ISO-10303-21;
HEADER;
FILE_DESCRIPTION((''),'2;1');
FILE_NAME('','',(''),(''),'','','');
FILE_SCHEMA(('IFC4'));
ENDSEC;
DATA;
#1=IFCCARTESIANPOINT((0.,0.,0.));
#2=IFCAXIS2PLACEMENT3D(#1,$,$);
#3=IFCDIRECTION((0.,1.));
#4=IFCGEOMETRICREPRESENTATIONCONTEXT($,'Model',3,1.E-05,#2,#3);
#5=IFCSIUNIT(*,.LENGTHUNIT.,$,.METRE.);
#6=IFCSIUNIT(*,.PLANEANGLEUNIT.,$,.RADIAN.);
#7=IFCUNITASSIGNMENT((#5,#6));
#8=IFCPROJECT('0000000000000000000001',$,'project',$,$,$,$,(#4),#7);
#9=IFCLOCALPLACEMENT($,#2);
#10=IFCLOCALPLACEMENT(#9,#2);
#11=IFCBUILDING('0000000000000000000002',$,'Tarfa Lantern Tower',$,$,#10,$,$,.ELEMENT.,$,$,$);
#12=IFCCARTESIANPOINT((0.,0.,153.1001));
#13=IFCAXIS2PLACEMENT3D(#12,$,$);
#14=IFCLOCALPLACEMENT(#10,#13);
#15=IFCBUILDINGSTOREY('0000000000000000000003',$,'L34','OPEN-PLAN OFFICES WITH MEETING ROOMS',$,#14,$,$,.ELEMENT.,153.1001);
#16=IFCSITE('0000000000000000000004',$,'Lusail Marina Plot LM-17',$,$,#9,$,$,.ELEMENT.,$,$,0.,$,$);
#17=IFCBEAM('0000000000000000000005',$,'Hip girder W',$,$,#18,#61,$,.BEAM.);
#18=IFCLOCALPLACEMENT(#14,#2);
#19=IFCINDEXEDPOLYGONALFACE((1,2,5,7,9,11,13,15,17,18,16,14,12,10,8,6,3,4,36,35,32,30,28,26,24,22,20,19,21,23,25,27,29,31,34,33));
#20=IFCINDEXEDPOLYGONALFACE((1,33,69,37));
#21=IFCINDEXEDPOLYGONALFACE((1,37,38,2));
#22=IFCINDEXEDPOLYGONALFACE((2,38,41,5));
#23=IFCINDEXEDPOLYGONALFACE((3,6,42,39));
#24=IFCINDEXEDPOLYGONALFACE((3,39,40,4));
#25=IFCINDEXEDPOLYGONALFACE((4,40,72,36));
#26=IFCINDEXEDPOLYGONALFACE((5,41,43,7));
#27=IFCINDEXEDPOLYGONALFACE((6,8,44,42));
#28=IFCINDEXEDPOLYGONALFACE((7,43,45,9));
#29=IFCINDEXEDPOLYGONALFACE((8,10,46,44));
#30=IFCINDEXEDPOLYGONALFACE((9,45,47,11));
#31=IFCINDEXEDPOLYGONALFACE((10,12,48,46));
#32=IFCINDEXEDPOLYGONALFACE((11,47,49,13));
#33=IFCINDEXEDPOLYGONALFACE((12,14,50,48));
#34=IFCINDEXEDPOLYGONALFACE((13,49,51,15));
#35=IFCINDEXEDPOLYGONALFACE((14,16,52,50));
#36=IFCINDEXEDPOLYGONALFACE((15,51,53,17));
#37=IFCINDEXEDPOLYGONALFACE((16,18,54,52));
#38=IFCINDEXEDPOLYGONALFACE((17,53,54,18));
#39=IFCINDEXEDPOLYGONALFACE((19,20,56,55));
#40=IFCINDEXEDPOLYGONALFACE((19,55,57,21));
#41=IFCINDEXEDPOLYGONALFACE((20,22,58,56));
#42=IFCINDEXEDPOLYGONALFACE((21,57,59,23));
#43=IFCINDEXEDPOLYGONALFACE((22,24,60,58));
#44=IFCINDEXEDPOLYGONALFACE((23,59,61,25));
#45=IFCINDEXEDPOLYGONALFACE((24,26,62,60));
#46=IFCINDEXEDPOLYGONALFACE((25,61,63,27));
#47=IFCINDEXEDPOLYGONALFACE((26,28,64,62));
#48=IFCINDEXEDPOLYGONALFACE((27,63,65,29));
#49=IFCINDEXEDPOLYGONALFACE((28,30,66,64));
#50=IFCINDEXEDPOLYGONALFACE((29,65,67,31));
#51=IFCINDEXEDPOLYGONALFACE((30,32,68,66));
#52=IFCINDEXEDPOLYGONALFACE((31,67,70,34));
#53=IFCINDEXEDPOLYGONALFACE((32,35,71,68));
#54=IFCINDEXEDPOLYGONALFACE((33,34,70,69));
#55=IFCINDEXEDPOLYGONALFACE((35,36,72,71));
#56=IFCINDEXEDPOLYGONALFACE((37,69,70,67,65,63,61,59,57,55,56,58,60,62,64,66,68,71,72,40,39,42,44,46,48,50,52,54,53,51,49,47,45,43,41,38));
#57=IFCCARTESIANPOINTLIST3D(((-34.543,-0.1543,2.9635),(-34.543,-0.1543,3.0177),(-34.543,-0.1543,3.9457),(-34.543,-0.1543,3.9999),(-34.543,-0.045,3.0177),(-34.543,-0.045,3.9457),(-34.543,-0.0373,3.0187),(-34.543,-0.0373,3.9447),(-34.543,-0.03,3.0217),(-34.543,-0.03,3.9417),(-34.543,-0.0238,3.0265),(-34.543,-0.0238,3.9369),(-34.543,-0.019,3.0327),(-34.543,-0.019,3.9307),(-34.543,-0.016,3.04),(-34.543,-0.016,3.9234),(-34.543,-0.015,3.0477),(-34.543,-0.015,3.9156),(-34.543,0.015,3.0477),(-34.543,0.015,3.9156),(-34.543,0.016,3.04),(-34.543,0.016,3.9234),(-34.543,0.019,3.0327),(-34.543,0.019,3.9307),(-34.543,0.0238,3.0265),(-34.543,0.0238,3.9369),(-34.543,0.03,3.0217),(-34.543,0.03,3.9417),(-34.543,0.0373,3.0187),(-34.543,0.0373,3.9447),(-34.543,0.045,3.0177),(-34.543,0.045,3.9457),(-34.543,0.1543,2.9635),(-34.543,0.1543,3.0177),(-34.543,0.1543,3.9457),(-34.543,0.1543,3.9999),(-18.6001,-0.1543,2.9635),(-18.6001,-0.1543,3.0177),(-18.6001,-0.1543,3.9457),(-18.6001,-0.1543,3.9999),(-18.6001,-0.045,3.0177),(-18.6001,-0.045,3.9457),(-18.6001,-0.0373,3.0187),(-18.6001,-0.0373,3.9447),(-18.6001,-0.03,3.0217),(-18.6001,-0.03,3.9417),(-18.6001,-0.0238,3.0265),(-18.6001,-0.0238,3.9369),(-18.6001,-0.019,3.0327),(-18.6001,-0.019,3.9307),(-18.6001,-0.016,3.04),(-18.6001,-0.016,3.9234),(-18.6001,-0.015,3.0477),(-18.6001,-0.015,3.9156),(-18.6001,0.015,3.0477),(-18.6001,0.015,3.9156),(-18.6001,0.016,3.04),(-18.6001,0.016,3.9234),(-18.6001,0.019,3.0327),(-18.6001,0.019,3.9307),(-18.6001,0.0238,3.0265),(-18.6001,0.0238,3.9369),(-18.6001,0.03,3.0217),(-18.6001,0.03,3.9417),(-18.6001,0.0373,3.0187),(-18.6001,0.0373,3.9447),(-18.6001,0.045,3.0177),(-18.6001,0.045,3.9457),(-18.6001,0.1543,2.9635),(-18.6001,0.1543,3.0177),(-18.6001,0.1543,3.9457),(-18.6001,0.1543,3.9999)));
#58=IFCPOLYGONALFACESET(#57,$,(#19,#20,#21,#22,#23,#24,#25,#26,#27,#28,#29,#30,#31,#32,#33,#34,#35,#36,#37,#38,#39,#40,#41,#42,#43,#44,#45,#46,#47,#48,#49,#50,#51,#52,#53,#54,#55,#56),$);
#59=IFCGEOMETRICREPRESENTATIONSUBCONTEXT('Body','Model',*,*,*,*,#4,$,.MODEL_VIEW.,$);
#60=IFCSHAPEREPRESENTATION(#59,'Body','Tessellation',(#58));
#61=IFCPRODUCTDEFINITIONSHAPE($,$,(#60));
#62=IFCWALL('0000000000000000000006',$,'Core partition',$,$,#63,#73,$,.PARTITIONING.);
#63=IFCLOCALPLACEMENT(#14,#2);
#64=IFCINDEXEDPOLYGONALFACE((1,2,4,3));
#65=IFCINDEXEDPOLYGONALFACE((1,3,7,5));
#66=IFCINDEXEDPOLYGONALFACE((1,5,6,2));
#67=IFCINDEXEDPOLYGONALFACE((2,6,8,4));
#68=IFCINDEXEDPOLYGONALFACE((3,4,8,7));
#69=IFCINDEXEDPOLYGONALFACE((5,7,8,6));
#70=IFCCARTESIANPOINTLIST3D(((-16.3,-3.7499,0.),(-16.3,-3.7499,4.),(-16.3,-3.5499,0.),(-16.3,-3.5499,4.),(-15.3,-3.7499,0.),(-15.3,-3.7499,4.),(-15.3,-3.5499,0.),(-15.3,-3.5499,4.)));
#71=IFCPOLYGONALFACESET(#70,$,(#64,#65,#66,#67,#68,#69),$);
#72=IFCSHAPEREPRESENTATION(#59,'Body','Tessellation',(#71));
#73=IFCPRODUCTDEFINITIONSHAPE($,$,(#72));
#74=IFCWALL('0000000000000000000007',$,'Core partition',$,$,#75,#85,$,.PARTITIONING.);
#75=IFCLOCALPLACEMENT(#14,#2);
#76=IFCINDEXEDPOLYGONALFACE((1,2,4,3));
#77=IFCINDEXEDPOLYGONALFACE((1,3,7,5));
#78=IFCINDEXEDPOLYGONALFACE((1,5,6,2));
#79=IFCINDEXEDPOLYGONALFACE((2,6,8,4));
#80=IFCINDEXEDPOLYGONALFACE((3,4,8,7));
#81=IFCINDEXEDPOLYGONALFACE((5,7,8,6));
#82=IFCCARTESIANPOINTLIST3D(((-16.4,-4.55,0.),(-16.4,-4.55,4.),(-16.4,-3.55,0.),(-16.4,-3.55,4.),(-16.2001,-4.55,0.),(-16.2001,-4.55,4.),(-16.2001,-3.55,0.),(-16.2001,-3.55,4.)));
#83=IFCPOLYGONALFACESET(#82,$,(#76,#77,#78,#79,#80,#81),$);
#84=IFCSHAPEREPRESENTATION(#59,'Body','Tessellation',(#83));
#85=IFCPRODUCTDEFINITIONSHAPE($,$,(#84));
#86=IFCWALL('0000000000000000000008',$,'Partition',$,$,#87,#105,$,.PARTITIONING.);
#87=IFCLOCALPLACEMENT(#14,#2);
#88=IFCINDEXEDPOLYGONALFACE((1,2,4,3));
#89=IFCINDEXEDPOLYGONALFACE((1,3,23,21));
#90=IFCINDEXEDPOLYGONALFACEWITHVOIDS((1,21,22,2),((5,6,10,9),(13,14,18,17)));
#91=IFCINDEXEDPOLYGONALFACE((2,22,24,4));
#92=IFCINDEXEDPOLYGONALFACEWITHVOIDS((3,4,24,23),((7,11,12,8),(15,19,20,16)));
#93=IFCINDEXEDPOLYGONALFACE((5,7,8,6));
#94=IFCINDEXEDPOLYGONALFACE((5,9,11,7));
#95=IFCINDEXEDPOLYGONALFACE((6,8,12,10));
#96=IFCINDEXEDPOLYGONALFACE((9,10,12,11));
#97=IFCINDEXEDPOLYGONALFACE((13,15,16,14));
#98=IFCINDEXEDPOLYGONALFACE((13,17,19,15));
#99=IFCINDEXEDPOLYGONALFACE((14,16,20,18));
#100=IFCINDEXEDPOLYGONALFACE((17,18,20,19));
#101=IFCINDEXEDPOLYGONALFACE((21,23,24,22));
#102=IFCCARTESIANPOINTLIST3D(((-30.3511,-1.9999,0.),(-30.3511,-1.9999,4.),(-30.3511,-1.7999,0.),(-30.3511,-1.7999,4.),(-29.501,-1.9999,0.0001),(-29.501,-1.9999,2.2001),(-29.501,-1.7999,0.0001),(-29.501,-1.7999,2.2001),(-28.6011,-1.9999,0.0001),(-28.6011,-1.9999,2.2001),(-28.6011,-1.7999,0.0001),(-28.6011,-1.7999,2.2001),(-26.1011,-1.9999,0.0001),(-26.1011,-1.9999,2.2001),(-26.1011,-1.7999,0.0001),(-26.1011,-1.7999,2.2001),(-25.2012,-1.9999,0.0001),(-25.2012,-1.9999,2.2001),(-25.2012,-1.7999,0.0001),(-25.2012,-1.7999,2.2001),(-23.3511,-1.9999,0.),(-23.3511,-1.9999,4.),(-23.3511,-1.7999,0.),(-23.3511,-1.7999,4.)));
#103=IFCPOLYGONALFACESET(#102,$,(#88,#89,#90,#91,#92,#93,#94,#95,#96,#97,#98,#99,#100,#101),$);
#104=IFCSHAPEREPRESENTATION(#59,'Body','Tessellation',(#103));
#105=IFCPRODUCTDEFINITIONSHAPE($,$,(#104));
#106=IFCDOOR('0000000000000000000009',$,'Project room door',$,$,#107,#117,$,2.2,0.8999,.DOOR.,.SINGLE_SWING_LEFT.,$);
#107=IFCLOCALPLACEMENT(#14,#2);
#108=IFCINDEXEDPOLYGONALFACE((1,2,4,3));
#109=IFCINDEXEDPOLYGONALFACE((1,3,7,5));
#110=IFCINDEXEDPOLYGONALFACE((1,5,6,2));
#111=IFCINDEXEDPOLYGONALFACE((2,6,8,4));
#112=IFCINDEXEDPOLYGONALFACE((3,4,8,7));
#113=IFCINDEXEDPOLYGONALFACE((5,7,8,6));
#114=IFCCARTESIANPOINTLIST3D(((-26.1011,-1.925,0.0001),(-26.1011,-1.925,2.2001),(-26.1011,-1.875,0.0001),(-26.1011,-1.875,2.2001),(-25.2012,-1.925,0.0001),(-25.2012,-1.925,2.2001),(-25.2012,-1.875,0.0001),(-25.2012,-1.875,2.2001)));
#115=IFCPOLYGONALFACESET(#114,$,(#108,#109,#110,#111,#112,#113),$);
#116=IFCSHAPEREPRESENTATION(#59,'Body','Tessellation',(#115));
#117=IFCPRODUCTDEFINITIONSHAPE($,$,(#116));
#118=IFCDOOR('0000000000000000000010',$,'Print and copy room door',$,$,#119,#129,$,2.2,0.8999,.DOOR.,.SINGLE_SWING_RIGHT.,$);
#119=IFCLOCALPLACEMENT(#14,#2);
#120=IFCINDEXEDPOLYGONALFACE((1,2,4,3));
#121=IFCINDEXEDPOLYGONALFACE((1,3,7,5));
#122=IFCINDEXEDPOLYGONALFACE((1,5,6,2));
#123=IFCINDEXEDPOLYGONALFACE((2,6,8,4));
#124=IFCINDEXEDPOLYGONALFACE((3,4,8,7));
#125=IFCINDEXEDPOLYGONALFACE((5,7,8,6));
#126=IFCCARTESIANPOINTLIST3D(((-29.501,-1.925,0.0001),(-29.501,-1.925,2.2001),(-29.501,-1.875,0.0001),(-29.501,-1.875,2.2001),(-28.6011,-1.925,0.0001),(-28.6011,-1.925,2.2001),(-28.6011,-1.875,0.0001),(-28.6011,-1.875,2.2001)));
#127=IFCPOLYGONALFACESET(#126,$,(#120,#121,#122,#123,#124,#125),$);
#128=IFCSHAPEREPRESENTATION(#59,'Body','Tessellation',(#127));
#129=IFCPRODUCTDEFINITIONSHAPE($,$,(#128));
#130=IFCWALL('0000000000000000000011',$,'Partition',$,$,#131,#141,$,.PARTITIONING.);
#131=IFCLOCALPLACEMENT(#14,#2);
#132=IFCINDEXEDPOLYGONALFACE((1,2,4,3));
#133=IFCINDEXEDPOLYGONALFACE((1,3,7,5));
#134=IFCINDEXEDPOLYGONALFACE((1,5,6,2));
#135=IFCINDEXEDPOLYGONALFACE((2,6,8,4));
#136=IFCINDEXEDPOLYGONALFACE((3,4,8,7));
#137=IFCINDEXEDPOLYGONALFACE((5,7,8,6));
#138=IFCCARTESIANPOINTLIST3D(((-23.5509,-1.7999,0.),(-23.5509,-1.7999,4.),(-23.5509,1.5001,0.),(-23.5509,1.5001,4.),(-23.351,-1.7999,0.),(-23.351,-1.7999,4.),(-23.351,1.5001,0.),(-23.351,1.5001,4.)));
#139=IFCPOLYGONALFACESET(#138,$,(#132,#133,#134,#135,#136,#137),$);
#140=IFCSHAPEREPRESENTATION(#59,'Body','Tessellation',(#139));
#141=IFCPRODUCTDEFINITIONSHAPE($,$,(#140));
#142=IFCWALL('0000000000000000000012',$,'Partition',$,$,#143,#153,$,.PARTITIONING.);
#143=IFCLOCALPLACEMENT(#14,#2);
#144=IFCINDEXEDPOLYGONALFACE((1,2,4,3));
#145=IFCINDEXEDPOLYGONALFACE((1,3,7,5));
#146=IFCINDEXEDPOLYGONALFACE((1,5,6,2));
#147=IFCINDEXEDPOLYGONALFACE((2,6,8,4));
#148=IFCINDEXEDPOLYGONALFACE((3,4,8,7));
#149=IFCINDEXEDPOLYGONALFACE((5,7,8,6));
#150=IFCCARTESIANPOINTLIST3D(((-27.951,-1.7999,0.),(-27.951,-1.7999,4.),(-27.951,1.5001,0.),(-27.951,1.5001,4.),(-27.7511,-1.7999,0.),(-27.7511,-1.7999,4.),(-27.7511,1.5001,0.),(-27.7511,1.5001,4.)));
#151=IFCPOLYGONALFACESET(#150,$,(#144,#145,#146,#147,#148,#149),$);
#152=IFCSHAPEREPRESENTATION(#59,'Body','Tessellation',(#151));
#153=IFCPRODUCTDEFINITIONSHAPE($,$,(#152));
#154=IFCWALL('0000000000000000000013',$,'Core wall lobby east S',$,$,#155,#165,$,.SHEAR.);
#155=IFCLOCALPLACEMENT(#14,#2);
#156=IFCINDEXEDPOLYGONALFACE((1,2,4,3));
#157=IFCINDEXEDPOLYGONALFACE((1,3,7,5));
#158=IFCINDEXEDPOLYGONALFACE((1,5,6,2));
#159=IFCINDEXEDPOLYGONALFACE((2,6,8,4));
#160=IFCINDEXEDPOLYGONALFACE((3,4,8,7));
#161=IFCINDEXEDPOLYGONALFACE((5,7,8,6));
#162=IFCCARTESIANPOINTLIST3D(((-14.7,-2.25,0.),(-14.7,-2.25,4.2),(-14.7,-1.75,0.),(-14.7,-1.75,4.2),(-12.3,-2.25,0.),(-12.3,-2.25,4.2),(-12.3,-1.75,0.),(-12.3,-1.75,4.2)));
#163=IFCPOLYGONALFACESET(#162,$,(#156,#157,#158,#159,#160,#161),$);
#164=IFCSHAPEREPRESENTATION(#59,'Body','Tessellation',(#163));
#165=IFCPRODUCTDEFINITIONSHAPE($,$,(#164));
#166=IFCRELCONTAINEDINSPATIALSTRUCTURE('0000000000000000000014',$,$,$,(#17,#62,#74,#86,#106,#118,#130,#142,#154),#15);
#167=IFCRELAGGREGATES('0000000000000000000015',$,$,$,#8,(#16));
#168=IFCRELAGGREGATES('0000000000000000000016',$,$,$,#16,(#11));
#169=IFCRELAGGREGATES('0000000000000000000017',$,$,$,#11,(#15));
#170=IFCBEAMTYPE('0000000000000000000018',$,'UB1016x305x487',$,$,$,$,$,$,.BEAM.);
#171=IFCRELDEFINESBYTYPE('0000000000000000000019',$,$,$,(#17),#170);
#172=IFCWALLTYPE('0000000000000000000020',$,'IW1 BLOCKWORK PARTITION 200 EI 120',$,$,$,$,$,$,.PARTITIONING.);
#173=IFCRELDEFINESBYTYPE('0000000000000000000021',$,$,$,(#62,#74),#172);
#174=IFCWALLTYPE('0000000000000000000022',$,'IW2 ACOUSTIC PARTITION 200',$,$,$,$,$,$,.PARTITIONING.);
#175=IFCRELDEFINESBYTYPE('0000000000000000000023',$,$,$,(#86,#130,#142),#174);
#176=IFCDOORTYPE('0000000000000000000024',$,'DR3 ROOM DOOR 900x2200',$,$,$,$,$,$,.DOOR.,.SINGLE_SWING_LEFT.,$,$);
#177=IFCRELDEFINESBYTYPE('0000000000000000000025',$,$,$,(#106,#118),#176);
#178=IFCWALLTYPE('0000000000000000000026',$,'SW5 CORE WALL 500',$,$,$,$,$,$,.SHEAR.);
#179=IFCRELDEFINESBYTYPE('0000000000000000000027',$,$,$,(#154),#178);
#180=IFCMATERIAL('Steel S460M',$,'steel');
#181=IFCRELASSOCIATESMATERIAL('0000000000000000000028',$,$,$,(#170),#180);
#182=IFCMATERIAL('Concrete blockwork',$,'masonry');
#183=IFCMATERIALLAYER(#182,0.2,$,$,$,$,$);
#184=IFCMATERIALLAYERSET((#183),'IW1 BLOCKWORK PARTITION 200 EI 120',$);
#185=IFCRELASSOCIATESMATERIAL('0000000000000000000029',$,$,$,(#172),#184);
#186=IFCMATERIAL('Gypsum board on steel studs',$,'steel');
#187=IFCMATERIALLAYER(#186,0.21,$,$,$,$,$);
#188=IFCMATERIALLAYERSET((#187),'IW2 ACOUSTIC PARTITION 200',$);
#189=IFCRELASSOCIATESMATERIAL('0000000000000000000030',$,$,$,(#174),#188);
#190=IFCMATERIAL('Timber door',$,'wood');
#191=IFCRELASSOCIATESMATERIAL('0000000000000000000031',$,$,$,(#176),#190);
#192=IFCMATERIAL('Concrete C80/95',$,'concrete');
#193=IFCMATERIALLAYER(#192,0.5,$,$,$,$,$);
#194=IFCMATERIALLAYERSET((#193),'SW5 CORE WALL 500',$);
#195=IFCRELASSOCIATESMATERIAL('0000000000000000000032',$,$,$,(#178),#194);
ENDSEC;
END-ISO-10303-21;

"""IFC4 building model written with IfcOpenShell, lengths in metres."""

from ifc_helpers import new_model, si_unit, direction, frame, frame_2d, origin, origin_2d, place, context, subcontext, project, spatial, rectangle, i_section, extrude, material, layer, layer_set, material_profile, profile_set, type_object, element, fill, save


model = new_model("IFC4")

# Units and contexts
model_context = context("Model", 3, precision=1e-05, world=origin(), true_north=direction((0.0, 1.0)))
body_context = subcontext(model_context, "Body", "Model", "MODEL_VIEW")
ifc_project = project(units=[si_unit("LENGTHUNIT", "METRE"), si_unit("PLANEANGLEUNIT", "RADIAN")], contexts=[model_context])

# Site, building, storey
site_placement = place(None, origin())
site = spatial("IfcSite", under=ifc_project, at=site_placement, Name="Lusail Marina Plot LM-17", CompositionType="ELEMENT", RefElevation=0.0)
building_placement = place(site_placement, origin())
building = spatial("IfcBuilding", under=site, at=building_placement, Name="Tarfa Lantern Tower", CompositionType="ELEMENT")
storey_placement = place(building_placement, frame((0.0, 0.0, 153.1001)))
storey = spatial("IfcBuildingStorey", under=building, at=storey_placement, Name="L34", Description="OPEN-PLAN OFFICES WITH MEETING ROOMS", CompositionType="ELEMENT", Elevation=153.1001)

# Beam
ifc_material_1 = material(Name="Steel S460M", Category="steel")
ifc_material_profile = material_profile(ifc_material_1, i_section(OverallWidth=0.3086, OverallDepth=1.0364, WebThickness=0.03, FlangeThickness=0.0542, FilletRadius=0.03, at=origin_2d()), Name="UB1016x305x487")
ifc_profile_set = profile_set([ifc_material_profile], Name="Steel S460M")
beam_type = type_object("IfcBeamType", Name="UB1016x305x487", PredefinedType="BEAM", material=ifc_profile_set)
beam_placement = place(storey_placement, frame((-18.6001, 0.0, 3.4817), z_axis=(-1.0, 0.0, 0.0), x_axis=(0.0, -1.0, 0.0)))
element("IfcBeam", 1, at=beam_placement, inside=storey, type_object=beam_type, Name="Hip girder W", PredefinedType="BEAM", context=body_context, shape_type="SweptSolid", body=[
    extrude(i_section(OverallWidth=0.3086, OverallDepth=1.0364, WebThickness=0.03, FlangeThickness=0.0542, FilletRadius=0.03, at=origin_2d()), origin(), (0.0, 0.0, 1.0), 15.9429),
])

# Walls
ifc_material_2 = material(Name="Concrete blockwork", Category="masonry")
ifc_layer_1 = layer(ifc_material_2, 0.2)
ifc_layer_set_1 = layer_set([ifc_layer_1], Name="IW1 BLOCKWORK PARTITION 200 EI 120")
wall_type_1 = type_object("IfcWallType", Name="IW1 BLOCKWORK PARTITION 200 EI 120", PredefinedType="PARTITIONING", material=ifc_layer_set_1)
for number, where, z_axis, x_axis, name in (
    (2, (-15.3, -3.6499, 0.0), (0.0, 0.0, 1.0), (-1.0, 0.0, 0.0), "Core partition"),
    (3, (-16.3, -3.55, 0.0), (0.0, 0.0, 1.0), (0.0, -1.0, 0.0), "Core partition"),
):
    element("IfcWall", number, at=place(storey_placement, frame(where, z_axis=z_axis, x_axis=x_axis)), inside=storey, type_object=wall_type_1, Name=name, PredefinedType="PARTITIONING", context=body_context, shape_type="SweptSolid", body=[
        extrude(rectangle(XDim=1.0, YDim=0.2, at=frame_2d((0.5, 0.0))), origin(), (0.0, 0.0, 1.0), 4.0),
    ])

# Wall, openings, doors
ifc_material_3 = material(Name="Gypsum board on steel studs", Category="steel")
ifc_layer_2 = layer(ifc_material_3, 0.21)
ifc_layer_set_2 = layer_set([ifc_layer_2], Name="IW2 ACOUSTIC PARTITION 200")
wall_type_2 = type_object("IfcWallType", Name="IW2 ACOUSTIC PARTITION 200", PredefinedType="PARTITIONING", material=ifc_layer_set_2)
wall_1_placement = place(storey_placement, frame((-23.3511, -1.8999, 0.0), z_axis=(0.0, 0.0, 1.0), x_axis=(-1.0, 0.0, 0.0)))
wall_1 = element("IfcWall", 4, at=wall_1_placement, inside=storey, type_object=wall_type_2, Name="Partition", PredefinedType="PARTITIONING", context=body_context, shape_type="SweptSolid", body=[
    extrude(rectangle(XDim=7.0, YDim=0.2, at=frame_2d((3.5, 0.0))), origin(), (0.0, 0.0, 1.0), 4.0),
])
opening_1_placement = place(wall_1_placement, frame((1.8501, 0.0, 0.0)))
opening_1 = element("IfcOpeningElement", 5, at=opening_1_placement, cuts=wall_1, PredefinedType="OPENING", context=body_context, shape_type="SweptSolid", body=[
    extrude(rectangle(XDim=0.8999, YDim=2.2, at=frame_2d((0.45, 1.1001))), frame((0.0, 0.1099, 0.0), z_axis=(0.0, -1.0, 0.0), x_axis=(1.0, 0.0, 0.0)), (0.0, 0.0, 1.0), 0.22),
])
opening_2_placement = place(wall_1_placement, frame((5.25, 0.0, 0.0)))
opening_2 = element("IfcOpeningElement", 6, at=opening_2_placement, cuts=wall_1, PredefinedType="OPENING", context=body_context, shape_type="SweptSolid", body=[
    extrude(rectangle(XDim=0.8999, YDim=2.2, at=frame_2d((0.45, 1.1001))), frame((0.0, 0.1099, 0.0), z_axis=(0.0, -1.0, 0.0), x_axis=(1.0, 0.0, 0.0)), (0.0, 0.0, 1.0), 0.22),
])
ifc_material_4 = material(Name="Timber door", Category="wood")
door_type_1 = type_object("IfcDoorType", Name="DR3 ROOM DOOR 900x2200", OperationType="SINGLE_SWING_LEFT", PredefinedType="DOOR", material=ifc_material_4)
door_1_placement = place(opening_1_placement, frame((0.8999, 0.0, 0.0), z_axis=(0.0, 0.0, 1.0), x_axis=(-1.0, 0.0, 0.0)))
door_1 = element("IfcDoor", 7, at=door_1_placement, inside=storey, type_object=door_type_1, Name="Project room door", OperationType="SINGLE_SWING_LEFT", OverallHeight=2.2, OverallWidth=0.8999, PredefinedType="DOOR", context=body_context, shape_type="SweptSolid", body=[
    extrude(rectangle(XDim=0.8999, YDim=2.2, at=frame_2d((0.45, 1.1001))), frame((0.0, 0.0249, 0.0), z_axis=(0.0, -1.0, 0.0), x_axis=(1.0, 0.0, 0.0)), (0.0, 0.0, 1.0), 0.05),
])
fill(opening_1, door_1)
door_2_placement = place(opening_2_placement, frame((0.8999, 0.0, 0.0), z_axis=(0.0, 0.0, 1.0), x_axis=(-1.0, 0.0, 0.0)))
door_2 = element("IfcDoor", 8, at=door_2_placement, inside=storey, type_object=door_type_1, Name="Print and copy room door", OperationType="SINGLE_SWING_RIGHT", OverallHeight=2.2, OverallWidth=0.8999, PredefinedType="DOOR", context=body_context, shape_type="SweptSolid", body=[
    extrude(rectangle(XDim=0.8999, YDim=2.2, at=frame_2d((0.45, 1.1001))), frame((0.0, 0.0249, 0.0), z_axis=(0.0, -1.0, 0.0), x_axis=(1.0, 0.0, 0.0)), (0.0, 0.0, 1.0), 0.05),
])
fill(opening_2, door_2)

# Walls
for number, where, z_axis, x_axis, name in (
    (9, (-23.4509, 1.5, 0.0), (0.0, 0.0, 1.0), (0.0, -1.0, 0.0), "Partition"),
    (10, (-27.8511, 1.5, 0.0), (0.0, 0.0, 1.0), (0.0, -1.0, 0.0), "Partition"),
):
    element("IfcWall", number, at=place(storey_placement, frame(where, z_axis=z_axis, x_axis=x_axis)), inside=storey, type_object=wall_type_2, Name=name, PredefinedType="PARTITIONING", context=body_context, shape_type="SweptSolid", body=[
        extrude(rectangle(XDim=3.3, YDim=0.2, at=frame_2d((1.6499, 0.0))), origin(), (0.0, 0.0, 1.0), 4.0),
    ])
ifc_material_5 = material(Name="Concrete C80/95", Category="concrete")
ifc_layer_3 = layer(ifc_material_5, 0.5)
ifc_layer_set_3 = layer_set([ifc_layer_3], Name="SW5 CORE WALL 500")
wall_type_3 = type_object("IfcWallType", Name="SW5 CORE WALL 500", PredefinedType="SHEAR", material=ifc_layer_set_3)
wall_2_placement = place(storey_placement, frame((-12.3, -2.0, 0.0), z_axis=(0.0, 0.0, 1.0), x_axis=(-1.0, 0.0, 0.0)))
element("IfcWall", 11, at=wall_2_placement, inside=storey, type_object=wall_type_3, Name="Core wall lobby east S", PredefinedType="SHEAR", context=body_context, shape_type="SweptSolid", body=[
    extrude(rectangle(XDim=2.3999, YDim=0.5, at=frame_2d((1.2, 0.0))), origin(), (0.0, 0.0, 1.0), 4.2),
])

save(model, "model.ifc")
